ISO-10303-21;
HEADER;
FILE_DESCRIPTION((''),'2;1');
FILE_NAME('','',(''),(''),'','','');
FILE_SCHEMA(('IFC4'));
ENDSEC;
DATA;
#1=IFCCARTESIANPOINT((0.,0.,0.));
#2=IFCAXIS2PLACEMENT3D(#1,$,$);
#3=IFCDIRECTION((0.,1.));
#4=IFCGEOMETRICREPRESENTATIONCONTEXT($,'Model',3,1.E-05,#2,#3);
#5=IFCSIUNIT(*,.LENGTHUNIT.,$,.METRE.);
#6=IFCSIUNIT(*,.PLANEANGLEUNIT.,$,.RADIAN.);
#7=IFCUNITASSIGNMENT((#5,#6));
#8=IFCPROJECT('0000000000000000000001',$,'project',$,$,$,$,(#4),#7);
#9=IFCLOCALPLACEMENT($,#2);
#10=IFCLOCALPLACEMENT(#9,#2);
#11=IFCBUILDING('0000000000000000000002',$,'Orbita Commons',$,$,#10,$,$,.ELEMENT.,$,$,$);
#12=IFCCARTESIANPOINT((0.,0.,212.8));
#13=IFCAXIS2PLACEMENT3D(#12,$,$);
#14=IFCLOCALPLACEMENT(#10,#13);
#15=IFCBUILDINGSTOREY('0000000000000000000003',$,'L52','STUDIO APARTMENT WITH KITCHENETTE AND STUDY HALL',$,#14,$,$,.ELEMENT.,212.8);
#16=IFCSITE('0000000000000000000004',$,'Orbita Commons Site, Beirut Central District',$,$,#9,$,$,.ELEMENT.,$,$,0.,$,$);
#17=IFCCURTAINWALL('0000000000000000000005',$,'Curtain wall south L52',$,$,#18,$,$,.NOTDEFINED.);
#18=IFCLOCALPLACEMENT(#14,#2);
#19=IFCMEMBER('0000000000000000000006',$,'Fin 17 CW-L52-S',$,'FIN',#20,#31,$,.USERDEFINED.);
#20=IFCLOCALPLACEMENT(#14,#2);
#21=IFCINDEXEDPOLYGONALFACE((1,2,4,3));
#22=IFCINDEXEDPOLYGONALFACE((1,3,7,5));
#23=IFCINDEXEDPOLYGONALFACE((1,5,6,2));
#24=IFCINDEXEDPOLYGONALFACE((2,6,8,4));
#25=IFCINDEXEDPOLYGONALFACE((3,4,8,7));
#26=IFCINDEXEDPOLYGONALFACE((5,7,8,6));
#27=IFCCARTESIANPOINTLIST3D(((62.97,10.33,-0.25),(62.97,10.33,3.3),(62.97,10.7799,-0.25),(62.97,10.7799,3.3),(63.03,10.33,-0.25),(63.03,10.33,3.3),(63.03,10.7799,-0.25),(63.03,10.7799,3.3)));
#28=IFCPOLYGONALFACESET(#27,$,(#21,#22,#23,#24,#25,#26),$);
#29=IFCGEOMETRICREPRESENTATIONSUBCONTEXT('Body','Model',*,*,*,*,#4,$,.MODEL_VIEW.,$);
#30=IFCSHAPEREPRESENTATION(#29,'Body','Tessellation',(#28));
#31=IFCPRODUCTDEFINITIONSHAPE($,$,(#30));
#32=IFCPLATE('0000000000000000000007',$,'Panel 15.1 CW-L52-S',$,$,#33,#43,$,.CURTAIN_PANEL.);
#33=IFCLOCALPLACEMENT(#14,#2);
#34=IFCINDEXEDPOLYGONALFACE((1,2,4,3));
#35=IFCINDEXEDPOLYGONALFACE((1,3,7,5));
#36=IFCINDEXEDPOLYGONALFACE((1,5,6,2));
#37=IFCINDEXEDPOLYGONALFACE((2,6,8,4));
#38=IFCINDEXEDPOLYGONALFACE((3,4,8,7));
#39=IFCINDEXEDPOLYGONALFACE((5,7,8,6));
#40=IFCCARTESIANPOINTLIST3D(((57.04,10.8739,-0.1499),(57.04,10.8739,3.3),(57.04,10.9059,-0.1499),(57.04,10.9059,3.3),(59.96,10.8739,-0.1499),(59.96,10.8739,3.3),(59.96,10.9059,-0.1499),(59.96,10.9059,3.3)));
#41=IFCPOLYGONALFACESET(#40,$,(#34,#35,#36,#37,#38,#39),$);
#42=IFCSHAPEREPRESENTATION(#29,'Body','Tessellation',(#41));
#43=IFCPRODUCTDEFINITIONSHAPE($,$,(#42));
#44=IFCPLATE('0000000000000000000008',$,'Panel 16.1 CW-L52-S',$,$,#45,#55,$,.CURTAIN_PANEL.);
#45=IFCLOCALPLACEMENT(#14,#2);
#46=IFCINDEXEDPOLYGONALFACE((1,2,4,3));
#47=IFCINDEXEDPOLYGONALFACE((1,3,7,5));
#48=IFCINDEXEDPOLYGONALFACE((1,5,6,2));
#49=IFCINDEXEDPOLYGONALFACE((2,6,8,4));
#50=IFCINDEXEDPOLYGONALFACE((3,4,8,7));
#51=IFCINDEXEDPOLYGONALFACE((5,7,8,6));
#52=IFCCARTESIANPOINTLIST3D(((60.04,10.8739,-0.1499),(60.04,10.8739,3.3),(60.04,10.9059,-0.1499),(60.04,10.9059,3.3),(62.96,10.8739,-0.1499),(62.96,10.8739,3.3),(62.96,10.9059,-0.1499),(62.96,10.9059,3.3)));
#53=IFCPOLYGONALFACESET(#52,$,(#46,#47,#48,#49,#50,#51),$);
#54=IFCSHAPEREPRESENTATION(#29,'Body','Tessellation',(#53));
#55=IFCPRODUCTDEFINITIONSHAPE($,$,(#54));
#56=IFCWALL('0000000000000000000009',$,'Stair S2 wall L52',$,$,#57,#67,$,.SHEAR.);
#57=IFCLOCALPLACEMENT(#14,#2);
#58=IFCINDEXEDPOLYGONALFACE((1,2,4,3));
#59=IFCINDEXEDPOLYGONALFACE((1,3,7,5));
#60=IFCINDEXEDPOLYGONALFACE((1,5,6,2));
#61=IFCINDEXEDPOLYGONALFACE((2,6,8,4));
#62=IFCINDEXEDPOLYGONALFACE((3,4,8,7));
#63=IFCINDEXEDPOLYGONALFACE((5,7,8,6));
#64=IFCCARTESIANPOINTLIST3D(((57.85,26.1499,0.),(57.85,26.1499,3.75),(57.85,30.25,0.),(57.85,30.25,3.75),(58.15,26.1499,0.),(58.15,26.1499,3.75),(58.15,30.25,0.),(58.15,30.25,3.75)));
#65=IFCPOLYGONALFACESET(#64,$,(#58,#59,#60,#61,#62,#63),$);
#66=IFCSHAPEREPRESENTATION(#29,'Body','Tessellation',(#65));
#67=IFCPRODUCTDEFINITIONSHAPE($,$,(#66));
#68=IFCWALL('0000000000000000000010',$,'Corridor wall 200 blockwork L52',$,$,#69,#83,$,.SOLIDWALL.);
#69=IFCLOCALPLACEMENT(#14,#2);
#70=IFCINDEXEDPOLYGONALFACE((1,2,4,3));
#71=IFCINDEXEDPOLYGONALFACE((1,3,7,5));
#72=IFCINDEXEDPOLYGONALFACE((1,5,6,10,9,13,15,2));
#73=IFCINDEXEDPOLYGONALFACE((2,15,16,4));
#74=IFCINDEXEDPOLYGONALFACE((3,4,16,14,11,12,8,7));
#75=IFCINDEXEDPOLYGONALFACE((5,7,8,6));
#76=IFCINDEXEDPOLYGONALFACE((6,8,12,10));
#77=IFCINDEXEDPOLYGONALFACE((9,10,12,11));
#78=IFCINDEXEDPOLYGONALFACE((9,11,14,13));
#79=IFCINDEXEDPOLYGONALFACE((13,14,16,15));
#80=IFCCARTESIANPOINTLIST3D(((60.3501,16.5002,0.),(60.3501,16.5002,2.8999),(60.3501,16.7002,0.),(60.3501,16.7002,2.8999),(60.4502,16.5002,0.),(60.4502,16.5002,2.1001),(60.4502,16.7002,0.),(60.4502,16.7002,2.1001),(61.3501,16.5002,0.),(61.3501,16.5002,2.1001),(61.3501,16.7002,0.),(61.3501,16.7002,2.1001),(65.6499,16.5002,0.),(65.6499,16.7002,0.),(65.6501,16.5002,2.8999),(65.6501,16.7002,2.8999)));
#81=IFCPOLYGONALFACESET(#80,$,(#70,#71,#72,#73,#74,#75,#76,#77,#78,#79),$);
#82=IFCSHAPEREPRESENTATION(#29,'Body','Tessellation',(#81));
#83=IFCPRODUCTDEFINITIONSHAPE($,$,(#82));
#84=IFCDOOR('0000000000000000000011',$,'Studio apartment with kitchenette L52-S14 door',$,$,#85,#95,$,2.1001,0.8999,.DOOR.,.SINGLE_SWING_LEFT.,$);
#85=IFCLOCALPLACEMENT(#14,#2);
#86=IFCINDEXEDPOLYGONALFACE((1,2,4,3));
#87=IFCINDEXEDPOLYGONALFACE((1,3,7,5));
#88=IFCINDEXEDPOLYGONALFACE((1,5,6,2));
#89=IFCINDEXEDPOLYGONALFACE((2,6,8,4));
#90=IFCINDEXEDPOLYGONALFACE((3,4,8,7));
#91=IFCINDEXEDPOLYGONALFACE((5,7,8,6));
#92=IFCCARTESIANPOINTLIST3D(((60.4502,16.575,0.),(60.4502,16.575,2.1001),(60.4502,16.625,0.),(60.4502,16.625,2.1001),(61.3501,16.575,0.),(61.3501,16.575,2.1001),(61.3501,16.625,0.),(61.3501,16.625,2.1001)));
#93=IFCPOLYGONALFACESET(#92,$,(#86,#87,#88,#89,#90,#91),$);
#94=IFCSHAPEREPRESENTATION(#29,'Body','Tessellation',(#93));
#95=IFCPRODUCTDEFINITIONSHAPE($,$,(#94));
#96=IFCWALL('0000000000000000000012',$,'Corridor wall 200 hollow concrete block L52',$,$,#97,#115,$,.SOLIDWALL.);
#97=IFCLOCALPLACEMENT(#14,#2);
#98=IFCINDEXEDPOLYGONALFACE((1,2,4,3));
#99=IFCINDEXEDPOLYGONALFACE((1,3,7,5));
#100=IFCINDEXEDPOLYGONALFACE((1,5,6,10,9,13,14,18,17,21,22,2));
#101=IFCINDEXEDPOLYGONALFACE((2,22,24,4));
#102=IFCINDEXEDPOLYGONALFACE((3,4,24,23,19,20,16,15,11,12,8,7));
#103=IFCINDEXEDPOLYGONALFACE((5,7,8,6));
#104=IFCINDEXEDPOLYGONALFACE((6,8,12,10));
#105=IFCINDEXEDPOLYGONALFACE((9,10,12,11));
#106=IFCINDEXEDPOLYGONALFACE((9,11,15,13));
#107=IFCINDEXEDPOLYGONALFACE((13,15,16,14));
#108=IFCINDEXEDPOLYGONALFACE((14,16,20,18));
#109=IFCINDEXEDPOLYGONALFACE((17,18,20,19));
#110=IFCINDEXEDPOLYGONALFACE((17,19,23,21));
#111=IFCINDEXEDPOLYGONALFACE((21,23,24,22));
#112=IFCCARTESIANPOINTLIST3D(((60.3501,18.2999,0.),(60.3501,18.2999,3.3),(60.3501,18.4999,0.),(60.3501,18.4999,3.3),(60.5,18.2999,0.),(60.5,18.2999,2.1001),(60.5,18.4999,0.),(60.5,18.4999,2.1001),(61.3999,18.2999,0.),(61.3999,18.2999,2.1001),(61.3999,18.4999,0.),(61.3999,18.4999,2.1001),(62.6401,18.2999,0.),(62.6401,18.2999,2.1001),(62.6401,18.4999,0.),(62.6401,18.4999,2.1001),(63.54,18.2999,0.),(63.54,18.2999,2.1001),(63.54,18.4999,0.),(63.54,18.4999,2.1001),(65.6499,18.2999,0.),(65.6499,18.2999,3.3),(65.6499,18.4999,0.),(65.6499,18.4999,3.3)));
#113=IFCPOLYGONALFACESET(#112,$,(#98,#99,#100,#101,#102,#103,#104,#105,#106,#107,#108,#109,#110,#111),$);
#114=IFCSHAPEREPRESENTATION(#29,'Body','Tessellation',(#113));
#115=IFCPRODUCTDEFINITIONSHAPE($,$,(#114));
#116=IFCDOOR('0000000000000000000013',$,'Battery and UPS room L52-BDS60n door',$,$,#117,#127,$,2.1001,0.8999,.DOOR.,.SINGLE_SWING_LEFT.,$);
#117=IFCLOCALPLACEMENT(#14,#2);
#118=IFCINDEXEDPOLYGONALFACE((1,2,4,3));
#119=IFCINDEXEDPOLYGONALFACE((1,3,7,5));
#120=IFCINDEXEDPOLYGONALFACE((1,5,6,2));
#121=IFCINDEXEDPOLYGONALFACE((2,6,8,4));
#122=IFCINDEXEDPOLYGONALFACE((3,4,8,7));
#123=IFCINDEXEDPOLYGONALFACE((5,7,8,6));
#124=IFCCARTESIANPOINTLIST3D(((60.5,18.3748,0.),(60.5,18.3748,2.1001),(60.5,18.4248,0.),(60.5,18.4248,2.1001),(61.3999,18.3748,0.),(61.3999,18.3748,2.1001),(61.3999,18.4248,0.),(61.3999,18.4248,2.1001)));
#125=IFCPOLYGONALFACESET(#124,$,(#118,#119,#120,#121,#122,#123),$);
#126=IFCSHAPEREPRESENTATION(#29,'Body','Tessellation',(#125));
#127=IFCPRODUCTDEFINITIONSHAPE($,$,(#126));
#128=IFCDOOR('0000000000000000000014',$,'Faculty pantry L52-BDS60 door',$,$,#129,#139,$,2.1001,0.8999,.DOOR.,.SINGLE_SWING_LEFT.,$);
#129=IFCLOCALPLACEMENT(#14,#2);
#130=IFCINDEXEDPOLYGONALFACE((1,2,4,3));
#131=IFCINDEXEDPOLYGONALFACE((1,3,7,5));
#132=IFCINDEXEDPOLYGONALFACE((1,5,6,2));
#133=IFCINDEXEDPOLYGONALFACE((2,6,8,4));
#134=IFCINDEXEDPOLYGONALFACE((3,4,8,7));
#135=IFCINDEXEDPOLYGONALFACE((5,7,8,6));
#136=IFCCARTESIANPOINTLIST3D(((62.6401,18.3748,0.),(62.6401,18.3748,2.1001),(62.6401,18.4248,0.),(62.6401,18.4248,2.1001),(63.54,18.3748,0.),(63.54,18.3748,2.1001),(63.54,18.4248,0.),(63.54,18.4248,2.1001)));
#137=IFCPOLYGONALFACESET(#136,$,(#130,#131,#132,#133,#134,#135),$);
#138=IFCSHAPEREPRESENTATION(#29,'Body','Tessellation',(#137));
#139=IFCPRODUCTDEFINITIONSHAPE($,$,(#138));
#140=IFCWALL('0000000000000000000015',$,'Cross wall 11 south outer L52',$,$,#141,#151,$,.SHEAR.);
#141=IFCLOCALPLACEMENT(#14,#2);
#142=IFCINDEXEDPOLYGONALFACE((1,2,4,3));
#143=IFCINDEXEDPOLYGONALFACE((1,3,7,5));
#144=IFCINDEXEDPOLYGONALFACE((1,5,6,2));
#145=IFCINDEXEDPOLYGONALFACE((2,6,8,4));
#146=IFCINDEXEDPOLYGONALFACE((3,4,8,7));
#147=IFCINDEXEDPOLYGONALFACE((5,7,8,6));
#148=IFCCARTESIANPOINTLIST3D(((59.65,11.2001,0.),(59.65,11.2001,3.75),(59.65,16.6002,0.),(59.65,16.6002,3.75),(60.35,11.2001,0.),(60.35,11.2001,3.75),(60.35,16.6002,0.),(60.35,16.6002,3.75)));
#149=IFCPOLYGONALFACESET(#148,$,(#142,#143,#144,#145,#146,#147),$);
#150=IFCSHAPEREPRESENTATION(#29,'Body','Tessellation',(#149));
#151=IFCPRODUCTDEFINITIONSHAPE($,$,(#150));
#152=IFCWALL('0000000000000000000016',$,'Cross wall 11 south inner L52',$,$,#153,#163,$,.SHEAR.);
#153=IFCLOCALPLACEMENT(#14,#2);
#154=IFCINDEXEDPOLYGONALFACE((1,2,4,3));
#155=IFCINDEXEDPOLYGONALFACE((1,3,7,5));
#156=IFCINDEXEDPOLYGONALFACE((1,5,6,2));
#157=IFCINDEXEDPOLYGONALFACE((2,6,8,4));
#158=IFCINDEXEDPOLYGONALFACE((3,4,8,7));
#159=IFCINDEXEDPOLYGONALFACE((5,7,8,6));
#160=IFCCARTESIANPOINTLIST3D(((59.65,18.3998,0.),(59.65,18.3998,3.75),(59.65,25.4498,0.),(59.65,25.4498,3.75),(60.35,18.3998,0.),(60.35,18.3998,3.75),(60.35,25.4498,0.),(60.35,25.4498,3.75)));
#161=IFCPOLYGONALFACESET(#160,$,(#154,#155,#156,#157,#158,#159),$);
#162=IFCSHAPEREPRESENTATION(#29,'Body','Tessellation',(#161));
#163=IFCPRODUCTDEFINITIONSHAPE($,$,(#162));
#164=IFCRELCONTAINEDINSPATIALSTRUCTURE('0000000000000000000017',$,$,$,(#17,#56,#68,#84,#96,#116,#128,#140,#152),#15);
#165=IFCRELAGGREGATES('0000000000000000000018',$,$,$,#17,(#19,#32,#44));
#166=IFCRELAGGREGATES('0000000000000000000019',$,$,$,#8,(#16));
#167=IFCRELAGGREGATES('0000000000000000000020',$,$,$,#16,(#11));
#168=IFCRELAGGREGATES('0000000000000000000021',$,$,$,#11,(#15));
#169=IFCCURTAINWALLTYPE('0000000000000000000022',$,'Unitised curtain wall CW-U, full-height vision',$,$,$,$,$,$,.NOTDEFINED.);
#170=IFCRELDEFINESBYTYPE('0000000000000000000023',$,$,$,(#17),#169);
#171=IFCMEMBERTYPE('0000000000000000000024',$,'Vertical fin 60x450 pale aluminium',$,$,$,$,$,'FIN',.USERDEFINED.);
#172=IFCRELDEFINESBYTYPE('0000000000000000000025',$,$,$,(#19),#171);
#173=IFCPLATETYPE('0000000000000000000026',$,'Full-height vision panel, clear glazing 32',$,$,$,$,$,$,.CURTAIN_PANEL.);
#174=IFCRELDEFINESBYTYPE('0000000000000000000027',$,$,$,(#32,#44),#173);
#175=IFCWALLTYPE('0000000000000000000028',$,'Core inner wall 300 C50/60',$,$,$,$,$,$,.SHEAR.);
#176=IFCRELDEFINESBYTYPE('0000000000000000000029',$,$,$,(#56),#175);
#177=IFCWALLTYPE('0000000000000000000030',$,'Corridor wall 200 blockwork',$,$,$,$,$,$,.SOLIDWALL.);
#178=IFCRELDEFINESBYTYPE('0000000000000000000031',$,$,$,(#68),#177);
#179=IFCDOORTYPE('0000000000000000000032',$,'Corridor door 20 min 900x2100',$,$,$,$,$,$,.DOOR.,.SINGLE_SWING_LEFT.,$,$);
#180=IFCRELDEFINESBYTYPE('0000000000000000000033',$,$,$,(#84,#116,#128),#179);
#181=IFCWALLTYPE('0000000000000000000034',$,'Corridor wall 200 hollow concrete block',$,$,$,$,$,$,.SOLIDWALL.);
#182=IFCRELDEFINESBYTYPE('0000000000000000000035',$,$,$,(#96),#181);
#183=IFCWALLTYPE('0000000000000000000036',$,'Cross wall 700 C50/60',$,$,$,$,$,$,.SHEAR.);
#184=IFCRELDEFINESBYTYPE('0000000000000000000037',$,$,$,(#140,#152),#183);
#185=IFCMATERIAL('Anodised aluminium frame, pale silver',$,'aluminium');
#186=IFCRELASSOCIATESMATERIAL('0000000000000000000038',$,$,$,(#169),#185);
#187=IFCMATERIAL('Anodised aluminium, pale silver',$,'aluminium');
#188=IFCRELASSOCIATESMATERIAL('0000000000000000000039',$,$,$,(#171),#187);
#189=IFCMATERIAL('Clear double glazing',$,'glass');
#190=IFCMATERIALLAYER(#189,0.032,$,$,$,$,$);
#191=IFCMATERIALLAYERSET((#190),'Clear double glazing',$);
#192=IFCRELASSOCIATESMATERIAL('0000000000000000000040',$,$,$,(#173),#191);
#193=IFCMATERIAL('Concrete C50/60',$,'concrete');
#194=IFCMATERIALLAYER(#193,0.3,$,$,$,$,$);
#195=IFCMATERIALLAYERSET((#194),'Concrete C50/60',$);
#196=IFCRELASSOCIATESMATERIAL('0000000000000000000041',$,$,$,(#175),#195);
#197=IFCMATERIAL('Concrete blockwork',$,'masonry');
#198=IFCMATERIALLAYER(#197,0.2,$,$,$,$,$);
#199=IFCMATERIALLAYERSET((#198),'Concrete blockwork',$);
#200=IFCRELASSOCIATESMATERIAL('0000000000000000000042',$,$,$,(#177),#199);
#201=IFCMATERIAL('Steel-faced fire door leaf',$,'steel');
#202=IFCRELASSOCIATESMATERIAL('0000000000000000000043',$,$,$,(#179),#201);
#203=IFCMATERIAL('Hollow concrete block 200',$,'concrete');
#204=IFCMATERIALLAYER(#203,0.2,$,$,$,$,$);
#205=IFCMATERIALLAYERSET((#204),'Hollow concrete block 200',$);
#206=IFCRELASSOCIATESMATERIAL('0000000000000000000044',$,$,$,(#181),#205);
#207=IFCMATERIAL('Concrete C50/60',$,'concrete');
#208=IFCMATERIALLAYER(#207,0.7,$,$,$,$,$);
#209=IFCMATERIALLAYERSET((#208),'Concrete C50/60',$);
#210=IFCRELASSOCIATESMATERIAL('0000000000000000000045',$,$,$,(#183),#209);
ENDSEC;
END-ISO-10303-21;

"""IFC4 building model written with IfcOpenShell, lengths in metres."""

from ifc_helpers import new_model, si_unit, direction, frame, frame_2d, origin, origin_2d, place, context, subcontext, project, spatial, polyline, rectangle, outline, extrude, material, layer, layer_set, material_profile, profile_set, type_object, element, fill, aggregate, save


model = new_model("IFC4")

# Units and contexts
model_context = context("Model", 3, precision=1e-05, world=origin(), true_north=direction((0.0, 1.0)))
body_context = subcontext(model_context, "Body", "Model", "MODEL_VIEW")
ifc_project = project(units=[si_unit("LENGTHUNIT", "METRE"), si_unit("PLANEANGLEUNIT", "RADIAN")], contexts=[model_context])

# Site, building, storey
site_placement = place(None, origin())
site = spatial("IfcSite", under=ifc_project, at=site_placement, Name="Orbita Commons Site, Beirut Central District", CompositionType="ELEMENT", RefElevation=0.0)
building_placement = place(site_placement, origin())
building = spatial("IfcBuilding", under=site, at=building_placement, Name="Orbita Commons", CompositionType="ELEMENT")
storey_placement = place(building_placement, frame((0.0, 0.0, 212.8)))
storey = spatial("IfcBuildingStorey", under=building, at=storey_placement, Name="L52", Description="STUDIO APARTMENT WITH KITCHENETTE AND STUDY HALL", CompositionType="ELEMENT", Elevation=212.8)

# Curtain wall
ifc_material_1 = material(Name="Anodised aluminium frame, pale silver", Category="aluminium")
curtain_wall_type = type_object("IfcCurtainWallType", Name="Unitised curtain wall CW-U, full-height vision", PredefinedType="NOTDEFINED", material=ifc_material_1)
curtain_wall_placement = place(storey_placement, origin())
curtain_wall = element("IfcCurtainWall", 1, at=curtain_wall_placement, inside=storey, type_object=curtain_wall_type, Name="Curtain wall south L52", PredefinedType="NOTDEFINED")

# Member
ifc_material_2 = material(Name="Anodised aluminium, pale silver", Category="aluminium")
ifc_material_profile_1 = material_profile(ifc_material_2, rectangle(XDim=0.0601, YDim=0.45, at=origin_2d()), Name="FIN 60x450")
ifc_profile_set_1 = profile_set([ifc_material_profile_1], Name="Anodised aluminium, pale silver")
member_type_1 = type_object("IfcMemberType", Name="Vertical fin 60x450 pale aluminium", ElementType="FIN", PredefinedType="USERDEFINED", material=ifc_profile_set_1)
member_1_placement = place(storey_placement, frame((63.0, 10.5549, -0.25), z_axis=(0.0, 0.0, 1.0), x_axis=(1.0, 0.0, 0.0)))
member_1 = element("IfcMember", 2, at=member_1_placement, type_object=member_type_1, Name="Fin 17 CW-L52-S", ObjectType="FIN", PredefinedType="USERDEFINED", context=body_context, shape_type="SweptSolid", body=[
    extrude(rectangle(XDim=0.0601, YDim=0.45, at=origin_2d()), origin(), (0.0, 0.0, 1.0), 3.55),
])

# Plates
ifc_material_3 = material(Name="Clear double glazing", Category="glass")
ifc_layer_1 = layer(ifc_material_3, 0.032)
ifc_layer_set_1 = layer_set([ifc_layer_1], Name="Clear double glazing")
plate_type = type_object("IfcPlateType", Name="Full-height vision panel, clear glazing 32", PredefinedType="CURTAIN_PANEL", material=ifc_layer_set_1)
plate_1_placement = place(storey_placement, frame((58.5, 10.8899, -0.1499), z_axis=(0.0, 0.0, 1.0), x_axis=(1.0, 0.0, 0.0)))
plate_1 = element("IfcPlate", 3, at=plate_1_placement, type_object=plate_type, Name="Panel 15.1 CW-L52-S", PredefinedType="CURTAIN_PANEL", context=body_context, shape_type="SweptSolid", body=[
    extrude(rectangle(XDim=2.9199, YDim=0.032, at=origin_2d()), origin(), (0.0, 0.0, 1.0), 3.45),
])
plate_2_placement = place(storey_placement, frame((61.5, 10.8899, -0.1499), z_axis=(0.0, 0.0, 1.0), x_axis=(1.0, 0.0, 0.0)))
plate_2 = element("IfcPlate", 4, at=plate_2_placement, type_object=plate_type, Name="Panel 16.1 CW-L52-S", PredefinedType="CURTAIN_PANEL", context=body_context, shape_type="SweptSolid", body=[
    extrude(rectangle(XDim=2.9199, YDim=0.032, at=origin_2d()), origin(), (0.0, 0.0, 1.0), 3.45),
])
aggregate(curtain_wall, [member_1, plate_1, plate_2])

# Wall
ifc_material_4 = material(Name="Concrete C50/60", Category="concrete")
ifc_layer_2 = layer(ifc_material_4, 0.3)
ifc_layer_set_2 = layer_set([ifc_layer_2], Name="Concrete C50/60")
wall_type_1 = type_object("IfcWallType", Name="Core inner wall 300 C50/60", PredefinedType="SHEAR", material=ifc_layer_set_2)
wall_1_placement = place(storey_placement, frame((58.0, 26.1499, 0.0), z_axis=(0.0, 0.0, 1.0), x_axis=(0.0, 1.0, 0.0)))
element("IfcWall", 5, at=wall_1_placement, inside=storey, type_object=wall_type_1, Name="Stair S2 wall L52", PredefinedType="SHEAR", context=body_context, shape_type="SweptSolid", body=[
    extrude(rectangle(XDim=4.1001, YDim=0.3, at=frame_2d((2.05, 0.0))), origin(), (0.0, 0.0, 1.0), 3.75),
])

# Wall, opening, door
ifc_material_5 = material(Name="Concrete blockwork", Category="masonry")
ifc_layer_3 = layer(ifc_material_5, 0.2)
ifc_layer_set_3 = layer_set([ifc_layer_3], Name="Concrete blockwork")
wall_type_2 = type_object("IfcWallType", Name="Corridor wall 200 blockwork", PredefinedType="SOLIDWALL", material=ifc_layer_set_3)
wall_2_placement = place(storey_placement, frame((60.3501, 16.6001, 0.0), z_axis=(0.0, 0.0, 1.0), x_axis=(1.0, 0.0, 0.0)))
wall_2 = element("IfcWall", 6, at=wall_2_placement, inside=storey, type_object=wall_type_2, Name="Corridor wall 200 blockwork L52", PredefinedType="SOLIDWALL", context=body_context, shape_type="SweptSolid", body=[
    extrude(outline(polyline([(0.0, 0.0), (5.2998, 0.0), (5.3, 2.8999), (0.0, 2.8999), (0.0, 0.0)])), frame((0.0, 0.1001, 0.0), z_axis=(0.0, -1.0, 0.0), x_axis=(1.0, 0.0, 0.0)), (0.0, 0.0, 1.0), 0.2),
])
opening_1_placement = place(wall_2_placement, frame((0.1001, 0.0, 0.0)))
opening_1 = element("IfcOpeningElement", 7, at=opening_1_placement, cuts=wall_2, PredefinedType="OPENING", context=body_context, shape_type="SweptSolid", body=[
    extrude(rectangle(XDim=0.8999, YDim=2.1001, at=frame_2d((0.45, 1.05))), frame((0.0, 0.1099, 0.0), z_axis=(0.0, -1.0, 0.0), x_axis=(1.0, 0.0, 0.0)), (0.0, 0.0, 1.0), 0.22),
])
ifc_material_6 = material(Name="Steel-faced fire door leaf", Category="steel")
door_type_1 = type_object("IfcDoorType", Name="Corridor door 20 min 900x2100", OperationType="SINGLE_SWING_LEFT", PredefinedType="DOOR", material=ifc_material_6)
door_1_placement = place(opening_1_placement, origin())
door_1 = element("IfcDoor", 8, at=door_1_placement, inside=storey, type_object=door_type_1, Name="Studio apartment with kitchenette L52-S14 door", OperationType="SINGLE_SWING_LEFT", OverallHeight=2.1001, OverallWidth=0.8999, PredefinedType="DOOR", context=body_context, shape_type="SweptSolid", body=[
    extrude(rectangle(XDim=0.8999, YDim=2.1001, at=frame_2d((0.45, 1.05))), frame((0.0, 0.0249, 0.0), z_axis=(0.0, -1.0, 0.0), x_axis=(1.0, 0.0, 0.0)), (0.0, 0.0, 1.0), 0.05),
])
fill(opening_1, door_1)

# Wall, openings, doors
ifc_material_7 = material(Name="Hollow concrete block 200", Category="concrete")
ifc_layer_4 = layer(ifc_material_7, 0.2)
ifc_layer_set_4 = layer_set([ifc_layer_4], Name="Hollow concrete block 200")
wall_type_3 = type_object("IfcWallType", Name="Corridor wall 200 hollow concrete block", PredefinedType="SOLIDWALL", material=ifc_layer_set_4)
wall_3_placement = place(storey_placement, frame((60.3501, 18.3999, 0.0), z_axis=(0.0, 0.0, 1.0), x_axis=(1.0, 0.0, 0.0)))
wall_3 = element("IfcWall", 9, at=wall_3_placement, inside=storey, type_object=wall_type_3, Name="Corridor wall 200 hollow concrete block L52", PredefinedType="SOLIDWALL", context=body_context, shape_type="SweptSolid", body=[
    extrude(rectangle(XDim=5.2998, YDim=0.2, at=frame_2d((2.6499, 0.0))), origin(), (0.0, 0.0, 1.0), 3.3),
])
opening_2_placement = place(wall_3_placement, frame((0.1499, 0.0, 0.0)))
opening_2 = element("IfcOpeningElement", 10, at=opening_2_placement, cuts=wall_3, PredefinedType="OPENING", context=body_context, shape_type="SweptSolid", body=[
    extrude(rectangle(XDim=0.8999, YDim=2.1001, at=frame_2d((0.45, 1.05))), frame((0.0, 0.1099, 0.0), z_axis=(0.0, -1.0, 0.0), x_axis=(1.0, 0.0, 0.0)), (0.0, 0.0, 1.0), 0.22),
])
opening_3_placement = place(wall_3_placement, frame((2.29, 0.0, 0.0)))
opening_3 = element("IfcOpeningElement", 11, at=opening_3_placement, cuts=wall_3, PredefinedType="OPENING", context=body_context, shape_type="SweptSolid", body=[
    extrude(rectangle(XDim=0.8999, YDim=2.1001, at=frame_2d((0.45, 1.05))), frame((0.0, 0.1099, 0.0), z_axis=(0.0, -1.0, 0.0), x_axis=(1.0, 0.0, 0.0)), (0.0, 0.0, 1.0), 0.22),
])
door_2_placement = place(opening_2_placement, origin())
door_2 = element("IfcDoor", 12, at=door_2_placement, inside=storey, type_object=door_type_1, Name="Battery and UPS room L52-BDS60n door", OperationType="SINGLE_SWING_LEFT", OverallHeight=2.1001, OverallWidth=0.8999, PredefinedType="DOOR", context=body_context, shape_type="SweptSolid", body=[
    extrude(rectangle(XDim=0.8999, YDim=2.1001, at=frame_2d((0.45, 1.05))), frame((0.0, 0.0249, 0.0), z_axis=(0.0, -1.0, 0.0), x_axis=(1.0, 0.0, 0.0)), (0.0, 0.0, 1.0), 0.05),
])
fill(opening_2, door_2)
door_3_placement = place(opening_3_placement, origin())
door_3 = element("IfcDoor", 13, at=door_3_placement, inside=storey, type_object=door_type_1, Name="Faculty pantry L52-BDS60 door", OperationType="SINGLE_SWING_LEFT", OverallHeight=2.1001, OverallWidth=0.8999, PredefinedType="DOOR", context=body_context, shape_type="SweptSolid", body=[
    extrude(rectangle(XDim=0.8999, YDim=2.1001, at=frame_2d((0.45, 1.05))), frame((0.0, 0.0249, 0.0), z_axis=(0.0, -1.0, 0.0), x_axis=(1.0, 0.0, 0.0)), (0.0, 0.0, 1.0), 0.05),
])
fill(opening_3, door_3)

# Walls
ifc_material_8 = material(Name="Concrete C50/60", Category="concrete")
ifc_layer_5 = layer(ifc_material_8, 0.7)
ifc_layer_set_5 = layer_set([ifc_layer_5], Name="Concrete C50/60")
wall_type_4 = type_object("IfcWallType", Name="Cross wall 700 C50/60", PredefinedType="SHEAR", material=ifc_layer_set_5)
wall_4_placement = place(storey_placement, frame((60.0, 11.2, 0.0), z_axis=(0.0, 0.0, 1.0), x_axis=(0.0, 1.0, 0.0)))
element("IfcWall", 14, at=wall_4_placement, inside=storey, type_object=wall_type_4, Name="Cross wall 11 south outer L52", PredefinedType="SHEAR", context=body_context, shape_type="SweptSolid", body=[
    extrude(rectangle(XDim=5.4001, YDim=0.7, at=frame_2d((2.7002, 0.0))), origin(), (0.0, 0.0, 1.0), 3.75),
])
wall_5_placement = place(storey_placement, frame((60.0, 18.3999, 0.0), z_axis=(0.0, 0.0, 1.0), x_axis=(0.0, 1.0, 0.0)))
element("IfcWall", 15, at=wall_5_placement, inside=storey, type_object=wall_type_4, Name="Cross wall 11 south inner L52", PredefinedType="SHEAR", context=body_context, shape_type="SweptSolid", body=[
    extrude(rectangle(XDim=7.05, YDim=0.7, at=frame_2d((3.5249, 0.0))), origin(), (0.0, 0.0, 1.0), 3.75),
])

save(model, "model.ifc")
